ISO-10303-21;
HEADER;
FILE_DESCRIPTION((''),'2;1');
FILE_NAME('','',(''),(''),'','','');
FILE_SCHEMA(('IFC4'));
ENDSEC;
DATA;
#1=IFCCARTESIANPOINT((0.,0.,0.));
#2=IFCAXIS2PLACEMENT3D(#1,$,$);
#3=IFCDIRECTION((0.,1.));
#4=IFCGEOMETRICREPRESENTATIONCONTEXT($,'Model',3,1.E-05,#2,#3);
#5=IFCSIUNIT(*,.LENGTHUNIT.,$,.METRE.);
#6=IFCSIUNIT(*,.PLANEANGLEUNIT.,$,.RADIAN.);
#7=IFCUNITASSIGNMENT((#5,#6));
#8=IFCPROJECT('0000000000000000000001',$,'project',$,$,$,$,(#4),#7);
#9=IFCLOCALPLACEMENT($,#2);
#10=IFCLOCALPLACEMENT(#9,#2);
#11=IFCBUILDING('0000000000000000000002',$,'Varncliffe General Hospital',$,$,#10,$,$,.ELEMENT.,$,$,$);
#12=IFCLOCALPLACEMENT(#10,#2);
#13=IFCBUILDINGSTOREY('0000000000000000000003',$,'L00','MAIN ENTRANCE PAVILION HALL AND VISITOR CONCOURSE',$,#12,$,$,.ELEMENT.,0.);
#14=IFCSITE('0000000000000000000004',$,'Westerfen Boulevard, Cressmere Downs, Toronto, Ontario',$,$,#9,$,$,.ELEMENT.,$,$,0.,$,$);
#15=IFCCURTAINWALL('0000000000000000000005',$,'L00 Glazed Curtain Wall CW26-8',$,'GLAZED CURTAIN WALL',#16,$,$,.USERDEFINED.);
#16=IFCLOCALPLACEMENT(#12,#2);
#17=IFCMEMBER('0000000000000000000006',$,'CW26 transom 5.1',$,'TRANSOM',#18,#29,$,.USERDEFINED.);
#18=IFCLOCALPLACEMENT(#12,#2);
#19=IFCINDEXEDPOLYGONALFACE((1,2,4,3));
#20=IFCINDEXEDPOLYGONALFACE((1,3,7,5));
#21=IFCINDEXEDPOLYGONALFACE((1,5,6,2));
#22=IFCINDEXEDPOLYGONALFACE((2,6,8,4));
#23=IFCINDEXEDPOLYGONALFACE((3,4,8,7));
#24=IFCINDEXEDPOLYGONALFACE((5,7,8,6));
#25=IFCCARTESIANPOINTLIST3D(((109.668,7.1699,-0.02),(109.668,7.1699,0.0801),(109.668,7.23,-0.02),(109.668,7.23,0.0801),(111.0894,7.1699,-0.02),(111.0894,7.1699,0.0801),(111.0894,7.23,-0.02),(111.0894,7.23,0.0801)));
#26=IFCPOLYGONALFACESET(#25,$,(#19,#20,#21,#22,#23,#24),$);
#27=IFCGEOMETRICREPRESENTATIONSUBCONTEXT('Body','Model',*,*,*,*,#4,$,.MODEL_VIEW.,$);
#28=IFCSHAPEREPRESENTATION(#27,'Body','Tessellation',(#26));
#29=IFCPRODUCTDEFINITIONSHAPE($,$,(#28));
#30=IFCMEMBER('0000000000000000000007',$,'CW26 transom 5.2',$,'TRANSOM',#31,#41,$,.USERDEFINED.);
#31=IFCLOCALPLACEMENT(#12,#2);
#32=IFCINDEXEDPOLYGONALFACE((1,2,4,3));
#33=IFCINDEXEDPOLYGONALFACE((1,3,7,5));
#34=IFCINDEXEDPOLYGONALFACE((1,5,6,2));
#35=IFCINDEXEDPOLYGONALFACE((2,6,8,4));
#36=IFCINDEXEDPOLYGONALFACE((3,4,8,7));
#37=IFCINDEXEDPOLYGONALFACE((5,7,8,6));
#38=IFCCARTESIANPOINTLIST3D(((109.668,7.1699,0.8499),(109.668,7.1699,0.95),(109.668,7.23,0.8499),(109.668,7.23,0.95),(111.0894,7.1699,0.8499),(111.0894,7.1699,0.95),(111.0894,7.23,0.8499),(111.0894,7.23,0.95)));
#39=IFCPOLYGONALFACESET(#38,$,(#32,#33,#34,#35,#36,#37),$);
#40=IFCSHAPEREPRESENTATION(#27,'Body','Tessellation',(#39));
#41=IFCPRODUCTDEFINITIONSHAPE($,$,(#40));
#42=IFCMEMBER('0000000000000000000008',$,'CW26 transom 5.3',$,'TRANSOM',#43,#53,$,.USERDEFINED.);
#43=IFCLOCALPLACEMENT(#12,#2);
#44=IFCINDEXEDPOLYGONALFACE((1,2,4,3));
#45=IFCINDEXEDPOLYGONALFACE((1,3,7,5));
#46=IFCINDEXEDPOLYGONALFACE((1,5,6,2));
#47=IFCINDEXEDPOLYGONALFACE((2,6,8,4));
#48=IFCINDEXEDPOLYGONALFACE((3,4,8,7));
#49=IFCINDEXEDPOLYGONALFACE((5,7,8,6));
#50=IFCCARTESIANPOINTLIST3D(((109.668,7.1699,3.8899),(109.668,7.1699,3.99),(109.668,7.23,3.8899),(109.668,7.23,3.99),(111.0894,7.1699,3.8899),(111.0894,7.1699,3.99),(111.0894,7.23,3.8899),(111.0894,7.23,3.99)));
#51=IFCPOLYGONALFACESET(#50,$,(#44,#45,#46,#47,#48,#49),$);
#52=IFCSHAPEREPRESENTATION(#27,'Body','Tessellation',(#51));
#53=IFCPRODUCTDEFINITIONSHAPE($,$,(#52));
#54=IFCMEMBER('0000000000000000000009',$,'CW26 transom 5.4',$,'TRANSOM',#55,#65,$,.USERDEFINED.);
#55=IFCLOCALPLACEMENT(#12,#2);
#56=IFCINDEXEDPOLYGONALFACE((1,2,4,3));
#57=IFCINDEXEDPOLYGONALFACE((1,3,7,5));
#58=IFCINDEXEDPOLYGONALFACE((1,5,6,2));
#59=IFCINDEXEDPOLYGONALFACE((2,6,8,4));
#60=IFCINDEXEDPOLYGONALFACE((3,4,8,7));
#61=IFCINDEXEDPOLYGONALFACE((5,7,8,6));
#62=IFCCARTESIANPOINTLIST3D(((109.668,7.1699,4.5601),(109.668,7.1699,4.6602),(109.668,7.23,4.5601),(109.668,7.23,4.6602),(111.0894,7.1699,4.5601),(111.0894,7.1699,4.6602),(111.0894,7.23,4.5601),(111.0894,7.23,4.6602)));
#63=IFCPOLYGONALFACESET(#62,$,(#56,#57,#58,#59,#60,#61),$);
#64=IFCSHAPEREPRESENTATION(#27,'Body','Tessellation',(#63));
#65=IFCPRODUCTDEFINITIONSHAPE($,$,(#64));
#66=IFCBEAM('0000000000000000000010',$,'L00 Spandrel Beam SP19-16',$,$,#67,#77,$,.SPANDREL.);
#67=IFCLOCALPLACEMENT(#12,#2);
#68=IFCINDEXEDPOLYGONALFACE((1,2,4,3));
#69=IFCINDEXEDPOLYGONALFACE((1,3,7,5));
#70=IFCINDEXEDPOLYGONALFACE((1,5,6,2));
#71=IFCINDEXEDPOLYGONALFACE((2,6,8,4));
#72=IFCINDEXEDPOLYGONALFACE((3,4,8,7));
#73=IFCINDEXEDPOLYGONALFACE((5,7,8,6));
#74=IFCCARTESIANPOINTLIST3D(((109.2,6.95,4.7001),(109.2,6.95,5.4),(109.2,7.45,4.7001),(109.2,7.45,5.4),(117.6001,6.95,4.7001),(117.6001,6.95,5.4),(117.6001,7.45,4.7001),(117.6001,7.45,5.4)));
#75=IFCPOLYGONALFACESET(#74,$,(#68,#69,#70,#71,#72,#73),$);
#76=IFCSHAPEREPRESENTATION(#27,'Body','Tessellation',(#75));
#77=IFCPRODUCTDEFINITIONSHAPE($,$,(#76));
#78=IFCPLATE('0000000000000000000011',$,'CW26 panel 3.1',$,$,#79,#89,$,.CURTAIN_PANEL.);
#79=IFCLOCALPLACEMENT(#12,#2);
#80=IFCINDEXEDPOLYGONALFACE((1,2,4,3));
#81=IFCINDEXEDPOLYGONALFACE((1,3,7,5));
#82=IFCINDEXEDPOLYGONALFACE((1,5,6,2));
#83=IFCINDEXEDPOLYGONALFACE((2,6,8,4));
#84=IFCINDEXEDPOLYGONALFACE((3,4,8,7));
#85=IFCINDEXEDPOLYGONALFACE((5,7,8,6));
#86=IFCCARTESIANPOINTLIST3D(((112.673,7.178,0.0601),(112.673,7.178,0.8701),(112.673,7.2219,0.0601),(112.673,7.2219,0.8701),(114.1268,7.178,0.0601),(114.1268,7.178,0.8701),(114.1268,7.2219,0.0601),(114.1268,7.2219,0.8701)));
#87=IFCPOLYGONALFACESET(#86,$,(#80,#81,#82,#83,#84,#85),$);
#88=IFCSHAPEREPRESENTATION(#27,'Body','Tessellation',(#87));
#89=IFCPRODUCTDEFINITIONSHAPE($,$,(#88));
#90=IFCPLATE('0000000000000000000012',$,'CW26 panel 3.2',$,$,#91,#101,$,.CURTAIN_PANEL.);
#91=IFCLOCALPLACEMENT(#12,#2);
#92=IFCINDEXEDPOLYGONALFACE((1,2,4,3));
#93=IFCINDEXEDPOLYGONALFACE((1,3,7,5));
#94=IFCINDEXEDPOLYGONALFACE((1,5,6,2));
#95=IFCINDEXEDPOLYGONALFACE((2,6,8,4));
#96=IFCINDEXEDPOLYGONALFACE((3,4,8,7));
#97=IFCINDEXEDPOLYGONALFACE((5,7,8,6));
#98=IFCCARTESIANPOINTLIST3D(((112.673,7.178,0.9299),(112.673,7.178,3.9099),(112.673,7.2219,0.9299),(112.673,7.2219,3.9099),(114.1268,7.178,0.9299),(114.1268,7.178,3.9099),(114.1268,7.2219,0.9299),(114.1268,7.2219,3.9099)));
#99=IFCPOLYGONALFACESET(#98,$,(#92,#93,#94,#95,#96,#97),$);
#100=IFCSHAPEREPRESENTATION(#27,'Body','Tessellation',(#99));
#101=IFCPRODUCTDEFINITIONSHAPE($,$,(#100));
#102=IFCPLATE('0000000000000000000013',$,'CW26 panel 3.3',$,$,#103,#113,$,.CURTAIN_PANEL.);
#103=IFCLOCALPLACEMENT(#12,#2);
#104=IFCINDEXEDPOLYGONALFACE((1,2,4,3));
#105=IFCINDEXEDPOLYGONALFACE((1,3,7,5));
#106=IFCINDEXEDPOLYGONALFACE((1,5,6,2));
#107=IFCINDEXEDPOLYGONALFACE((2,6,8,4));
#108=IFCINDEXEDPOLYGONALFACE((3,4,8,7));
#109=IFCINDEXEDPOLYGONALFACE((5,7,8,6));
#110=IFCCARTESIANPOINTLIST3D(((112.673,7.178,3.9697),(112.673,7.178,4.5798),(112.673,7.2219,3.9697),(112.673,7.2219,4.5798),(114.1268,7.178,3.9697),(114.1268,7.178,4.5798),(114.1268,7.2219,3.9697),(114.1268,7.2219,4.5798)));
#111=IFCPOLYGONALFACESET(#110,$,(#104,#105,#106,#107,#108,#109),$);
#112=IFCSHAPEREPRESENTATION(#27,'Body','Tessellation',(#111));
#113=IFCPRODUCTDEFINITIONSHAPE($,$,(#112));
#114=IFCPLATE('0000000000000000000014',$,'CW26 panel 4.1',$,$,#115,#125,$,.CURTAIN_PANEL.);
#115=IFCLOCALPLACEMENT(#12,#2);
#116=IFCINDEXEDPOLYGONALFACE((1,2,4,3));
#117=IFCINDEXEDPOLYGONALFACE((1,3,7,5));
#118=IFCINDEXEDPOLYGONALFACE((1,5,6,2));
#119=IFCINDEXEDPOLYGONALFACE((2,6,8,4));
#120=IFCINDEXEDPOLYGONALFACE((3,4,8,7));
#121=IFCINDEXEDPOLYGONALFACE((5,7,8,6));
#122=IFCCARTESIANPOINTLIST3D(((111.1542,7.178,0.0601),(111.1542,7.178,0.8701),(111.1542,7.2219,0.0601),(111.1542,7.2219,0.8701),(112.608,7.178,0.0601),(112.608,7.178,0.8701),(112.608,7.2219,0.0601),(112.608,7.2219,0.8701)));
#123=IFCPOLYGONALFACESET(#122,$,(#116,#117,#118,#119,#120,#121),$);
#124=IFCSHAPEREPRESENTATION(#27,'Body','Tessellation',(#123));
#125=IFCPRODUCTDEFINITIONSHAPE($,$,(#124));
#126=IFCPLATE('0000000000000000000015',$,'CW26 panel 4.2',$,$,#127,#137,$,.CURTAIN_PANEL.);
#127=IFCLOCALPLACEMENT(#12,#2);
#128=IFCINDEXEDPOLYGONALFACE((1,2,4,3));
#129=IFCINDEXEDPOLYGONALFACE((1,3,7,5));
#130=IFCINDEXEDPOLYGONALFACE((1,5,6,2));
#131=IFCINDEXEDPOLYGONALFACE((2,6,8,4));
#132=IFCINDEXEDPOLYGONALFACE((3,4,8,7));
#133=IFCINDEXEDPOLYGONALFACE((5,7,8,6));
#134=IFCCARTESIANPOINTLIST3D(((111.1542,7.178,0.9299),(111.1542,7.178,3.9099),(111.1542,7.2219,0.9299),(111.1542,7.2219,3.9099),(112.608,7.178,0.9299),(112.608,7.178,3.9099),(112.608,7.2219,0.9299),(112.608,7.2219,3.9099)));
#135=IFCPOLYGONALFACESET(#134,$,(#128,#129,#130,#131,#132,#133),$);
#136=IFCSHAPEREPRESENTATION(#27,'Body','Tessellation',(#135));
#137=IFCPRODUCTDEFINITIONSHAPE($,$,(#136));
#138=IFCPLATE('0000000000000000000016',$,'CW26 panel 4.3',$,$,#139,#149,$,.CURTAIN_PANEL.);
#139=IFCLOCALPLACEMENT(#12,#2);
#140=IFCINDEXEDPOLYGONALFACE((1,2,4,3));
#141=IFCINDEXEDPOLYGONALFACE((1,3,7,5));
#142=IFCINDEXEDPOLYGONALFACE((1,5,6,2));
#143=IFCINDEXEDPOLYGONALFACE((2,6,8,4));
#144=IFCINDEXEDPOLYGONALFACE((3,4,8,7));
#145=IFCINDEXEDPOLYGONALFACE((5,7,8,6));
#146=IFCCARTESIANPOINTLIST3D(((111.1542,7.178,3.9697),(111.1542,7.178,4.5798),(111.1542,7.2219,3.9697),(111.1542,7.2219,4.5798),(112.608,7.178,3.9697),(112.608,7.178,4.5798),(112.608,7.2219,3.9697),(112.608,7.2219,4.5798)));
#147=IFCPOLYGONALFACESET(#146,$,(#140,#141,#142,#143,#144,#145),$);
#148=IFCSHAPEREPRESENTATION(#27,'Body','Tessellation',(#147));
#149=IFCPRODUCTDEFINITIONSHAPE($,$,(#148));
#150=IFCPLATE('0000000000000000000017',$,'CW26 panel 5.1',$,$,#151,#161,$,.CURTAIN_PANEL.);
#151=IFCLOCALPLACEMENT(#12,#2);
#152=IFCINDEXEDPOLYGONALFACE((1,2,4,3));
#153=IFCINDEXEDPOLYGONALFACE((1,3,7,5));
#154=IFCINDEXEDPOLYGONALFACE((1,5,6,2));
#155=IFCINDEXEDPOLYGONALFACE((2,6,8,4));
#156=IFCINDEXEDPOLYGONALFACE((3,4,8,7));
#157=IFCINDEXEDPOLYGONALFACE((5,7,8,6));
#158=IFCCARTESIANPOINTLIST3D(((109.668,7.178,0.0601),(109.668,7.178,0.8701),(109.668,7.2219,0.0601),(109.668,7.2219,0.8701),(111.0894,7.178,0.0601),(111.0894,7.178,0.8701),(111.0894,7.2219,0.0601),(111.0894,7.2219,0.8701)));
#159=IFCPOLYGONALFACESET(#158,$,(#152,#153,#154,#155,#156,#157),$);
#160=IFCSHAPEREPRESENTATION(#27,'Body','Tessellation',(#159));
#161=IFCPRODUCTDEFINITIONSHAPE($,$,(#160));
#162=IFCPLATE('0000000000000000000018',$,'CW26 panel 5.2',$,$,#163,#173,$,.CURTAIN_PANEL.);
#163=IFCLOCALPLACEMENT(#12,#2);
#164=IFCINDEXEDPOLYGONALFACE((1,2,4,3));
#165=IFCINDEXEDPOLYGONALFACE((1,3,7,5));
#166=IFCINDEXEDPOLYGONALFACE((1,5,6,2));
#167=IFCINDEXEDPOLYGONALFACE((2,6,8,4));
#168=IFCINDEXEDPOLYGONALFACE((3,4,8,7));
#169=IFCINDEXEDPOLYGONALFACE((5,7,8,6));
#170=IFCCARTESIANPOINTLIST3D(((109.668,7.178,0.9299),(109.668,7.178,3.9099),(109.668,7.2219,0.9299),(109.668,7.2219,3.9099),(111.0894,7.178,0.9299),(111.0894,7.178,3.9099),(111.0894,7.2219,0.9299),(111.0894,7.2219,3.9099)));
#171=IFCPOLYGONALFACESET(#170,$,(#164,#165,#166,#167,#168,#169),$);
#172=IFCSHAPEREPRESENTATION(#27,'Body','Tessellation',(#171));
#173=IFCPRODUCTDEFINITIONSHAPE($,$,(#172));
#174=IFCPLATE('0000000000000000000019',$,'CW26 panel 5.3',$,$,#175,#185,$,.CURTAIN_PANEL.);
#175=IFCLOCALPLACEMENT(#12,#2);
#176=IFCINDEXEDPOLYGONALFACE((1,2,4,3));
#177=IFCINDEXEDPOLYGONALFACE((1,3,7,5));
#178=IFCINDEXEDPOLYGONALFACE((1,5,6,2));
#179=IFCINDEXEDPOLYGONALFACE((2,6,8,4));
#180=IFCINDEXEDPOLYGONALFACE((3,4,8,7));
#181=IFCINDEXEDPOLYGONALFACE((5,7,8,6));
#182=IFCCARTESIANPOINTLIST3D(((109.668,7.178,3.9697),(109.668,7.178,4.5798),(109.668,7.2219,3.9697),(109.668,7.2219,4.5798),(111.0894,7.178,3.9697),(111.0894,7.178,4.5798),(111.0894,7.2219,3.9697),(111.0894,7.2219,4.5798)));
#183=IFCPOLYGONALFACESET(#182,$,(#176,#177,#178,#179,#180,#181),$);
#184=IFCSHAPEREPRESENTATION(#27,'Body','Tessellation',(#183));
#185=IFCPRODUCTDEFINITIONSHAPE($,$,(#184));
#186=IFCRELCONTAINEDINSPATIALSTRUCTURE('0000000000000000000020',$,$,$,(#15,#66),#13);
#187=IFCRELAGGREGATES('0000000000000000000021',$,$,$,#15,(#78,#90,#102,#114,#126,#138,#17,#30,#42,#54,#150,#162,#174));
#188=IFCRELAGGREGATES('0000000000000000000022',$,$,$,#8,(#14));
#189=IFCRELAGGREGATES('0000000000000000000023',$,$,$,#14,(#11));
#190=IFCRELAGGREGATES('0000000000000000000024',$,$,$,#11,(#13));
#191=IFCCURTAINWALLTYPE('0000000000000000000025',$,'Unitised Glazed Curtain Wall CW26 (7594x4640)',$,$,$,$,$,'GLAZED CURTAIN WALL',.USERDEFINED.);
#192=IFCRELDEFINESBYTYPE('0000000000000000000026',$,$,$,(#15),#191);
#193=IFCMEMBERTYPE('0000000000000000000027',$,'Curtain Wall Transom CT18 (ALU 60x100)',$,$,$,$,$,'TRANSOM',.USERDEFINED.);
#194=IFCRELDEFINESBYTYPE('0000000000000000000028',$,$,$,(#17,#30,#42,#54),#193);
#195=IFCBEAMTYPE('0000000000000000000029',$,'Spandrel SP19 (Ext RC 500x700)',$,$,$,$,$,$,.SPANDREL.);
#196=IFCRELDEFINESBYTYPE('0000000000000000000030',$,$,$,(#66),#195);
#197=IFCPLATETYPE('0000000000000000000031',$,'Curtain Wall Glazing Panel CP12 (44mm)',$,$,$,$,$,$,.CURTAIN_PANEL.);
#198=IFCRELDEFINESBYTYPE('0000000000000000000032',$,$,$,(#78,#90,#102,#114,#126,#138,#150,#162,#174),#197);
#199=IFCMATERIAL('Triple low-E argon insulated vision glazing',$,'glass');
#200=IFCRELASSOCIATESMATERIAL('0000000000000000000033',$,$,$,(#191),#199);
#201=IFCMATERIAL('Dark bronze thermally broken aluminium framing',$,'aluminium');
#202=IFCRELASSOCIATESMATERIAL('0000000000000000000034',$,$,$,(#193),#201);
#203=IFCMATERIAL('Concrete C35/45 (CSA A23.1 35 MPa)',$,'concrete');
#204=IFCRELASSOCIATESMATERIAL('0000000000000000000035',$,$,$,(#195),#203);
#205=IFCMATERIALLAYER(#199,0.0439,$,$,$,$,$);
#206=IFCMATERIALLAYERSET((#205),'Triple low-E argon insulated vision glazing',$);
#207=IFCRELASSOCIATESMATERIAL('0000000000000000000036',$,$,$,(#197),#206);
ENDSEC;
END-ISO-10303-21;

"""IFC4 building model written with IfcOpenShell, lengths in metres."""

from ifc_helpers import new_model, si_unit, direction, frame, origin, origin_2d, place, context, subcontext, project, spatial, rectangle, extrude, material, layer, layer_set, material_profile, profile_set, type_object, element, aggregate, save


model = new_model("IFC4")

# Units and contexts
model_context = context("Model", 3, precision=1e-05, world=origin(), true_north=direction((0.0, 1.0)))
body_context = subcontext(model_context, "Body", "Model", "MODEL_VIEW")
ifc_project = project(units=[si_unit("LENGTHUNIT", "METRE"), si_unit("PLANEANGLEUNIT", "RADIAN")], contexts=[model_context])

# Site, building, storey
site_placement = place(None, origin())
site = spatial("IfcSite", under=ifc_project, at=site_placement, Name="Westerfen Boulevard, Cressmere Downs, Toronto, Ontario", CompositionType="ELEMENT", RefElevation=0.0)
building_placement = place(site_placement, origin())
building = spatial("IfcBuilding", under=site, at=building_placement, Name="Varncliffe General Hospital", CompositionType="ELEMENT")
storey_placement = place(building_placement, origin())
storey = spatial("IfcBuildingStorey", under=building, at=storey_placement, Name="L00", Description="MAIN ENTRANCE PAVILION HALL AND VISITOR CONCOURSE", CompositionType="ELEMENT", Elevation=0.0)

# Curtain wall, members
ifc_material_1 = material(Name="Triple low-E argon insulated vision glazing", Category="glass")
curtain_wall_type = type_object("IfcCurtainWallType", Name="Unitised Glazed Curtain Wall CW26 (7594x4640)", ElementType="GLAZED CURTAIN WALL", PredefinedType="USERDEFINED", material=ifc_material_1)
curtain_wall_placement = place(storey_placement, origin())
curtain_wall = element("IfcCurtainWall", 1, at=curtain_wall_placement, inside=storey, type_object=curtain_wall_type, Name="L00 Glazed Curtain Wall CW26-8", ObjectType="GLAZED CURTAIN WALL", PredefinedType="USERDEFINED")
ifc_material_2 = material(Name="Dark bronze thermally broken aluminium framing", Category="aluminium")
ifc_material_profile_1 = material_profile(ifc_material_2, rectangle(XDim=0.0601, YDim=0.1001, at=origin_2d()), Name="ALU 60x100")
ifc_profile_set_1 = profile_set([ifc_material_profile_1], Name="Dark bronze thermally broken aluminium framing")
member_type_1 = type_object("IfcMemberType", Name="Curtain Wall Transom CT18 (ALU 60x100)", ElementType="TRANSOM", PredefinedType="USERDEFINED", material=ifc_profile_set_1)
member_1_placement = place(storey_placement, frame((111.0894, 7.2, 0.03), z_axis=(-1.0, 0.0, 0.0), x_axis=(0.0, -1.0, 0.0)))
member_1 = element("IfcMember", 2, at=member_1_placement, type_object=member_type_1, Name="CW26 transom 5.1", ObjectType="TRANSOM", PredefinedType="USERDEFINED", context=body_context, shape_type="SweptSolid", body=[
    extrude(rectangle(XDim=0.0601, YDim=0.1001, at=origin_2d()), origin(), (0.0, 0.0, 1.0), 1.4214),
])
member_2_placement = place(storey_placement, frame((111.0894, 7.2, 0.8999), z_axis=(-1.0, 0.0, 0.0), x_axis=(0.0, -1.0, 0.0)))
member_2 = element("IfcMember", 3, at=member_2_placement, type_object=member_type_1, Name="CW26 transom 5.2", ObjectType="TRANSOM", PredefinedType="USERDEFINED", context=body_context, shape_type="SweptSolid", body=[
    extrude(rectangle(XDim=0.0601, YDim=0.1001, at=origin_2d()), origin(), (0.0, 0.0, 1.0), 1.4214),
])
member_3_placement = place(storey_placement, frame((111.0894, 7.2, 3.9399), z_axis=(-1.0, 0.0, 0.0), x_axis=(0.0, -1.0, 0.0)))
member_3 = element("IfcMember", 4, at=member_3_placement, type_object=member_type_1, Name="CW26 transom 5.3", ObjectType="TRANSOM", PredefinedType="USERDEFINED", context=body_context, shape_type="SweptSolid", body=[
    extrude(rectangle(XDim=0.0601, YDim=0.1001, at=origin_2d()), origin(), (0.0, 0.0, 1.0), 1.4214),
])
member_4_placement = place(storey_placement, frame((111.0894, 7.2, 4.6101), z_axis=(-1.0, 0.0, 0.0), x_axis=(0.0, -1.0, 0.0)))
member_4 = element("IfcMember", 5, at=member_4_placement, type_object=member_type_1, Name="CW26 transom 5.4", ObjectType="TRANSOM", PredefinedType="USERDEFINED", context=body_context, shape_type="SweptSolid", body=[
    extrude(rectangle(XDim=0.0601, YDim=0.1001, at=origin_2d()), origin(), (0.0, 0.0, 1.0), 1.4214),
])

# Beam
ifc_material_3 = material(Name="Concrete C35/45 (CSA A23.1 35 MPa)", Category="concrete")
ifc_material_profile_2 = material_profile(ifc_material_3, rectangle(XDim=0.5, YDim=0.7, at=origin_2d()), Name="RC 500x700")
ifc_profile_set_2 = profile_set([ifc_material_profile_2], Name="Concrete C35/45 (CSA A23.1 35 MPa)")
beam_type = type_object("IfcBeamType", Name="Spandrel SP19 (Ext RC 500x700)", PredefinedType="SPANDREL", material=ifc_profile_set_2)
beam_placement = place(storey_placement, frame((109.2, 7.2, 5.05), z_axis=(1.0, 0.0, 0.0), x_axis=(0.0, 1.0, 0.0)))
element("IfcBeam", 6, at=beam_placement, inside=storey, type_object=beam_type, Name="L00 Spandrel Beam SP19-16", PredefinedType="SPANDREL", context=body_context, shape_type="SweptSolid", body=[
    extrude(rectangle(XDim=0.5, YDim=0.7, at=origin_2d()), origin(), (0.0, 0.0, 1.0), 8.4001),
])

# Plates
ifc_layer = layer(ifc_material_1, 0.0439)
ifc_layer_set = layer_set([ifc_layer], Name="Triple low-E argon insulated vision glazing")
plate_type = type_object("IfcPlateType", Name="Curtain Wall Glazing Panel CP12 (44mm)", PredefinedType="CURTAIN_PANEL", material=ifc_layer_set)
plate_1_placement = place(storey_placement, frame((113.3999, 7.2, 0.0601), z_axis=(0.0, 0.0, 1.0), x_axis=(-1.0, 0.0, 0.0)))
plate_1 = element("IfcPlate", 7, at=plate_1_placement, type_object=plate_type, Name="CW26 panel 3.1", PredefinedType="CURTAIN_PANEL", context=body_context, shape_type="SweptSolid", body=[
    extrude(rectangle(XDim=1.4539, YDim=0.0439, at=origin_2d()), origin(), (0.0, 0.0, 1.0), 0.8101),
])
plate_2_placement = place(storey_placement, frame((113.3999, 7.2, 0.9299), z_axis=(0.0, 0.0, 1.0), x_axis=(-1.0, 0.0, 0.0)))
plate_2 = element("IfcPlate", 8, at=plate_2_placement, type_object=plate_type, Name="CW26 panel 3.2", PredefinedType="CURTAIN_PANEL", context=body_context, shape_type="SweptSolid", body=[
    extrude(rectangle(XDim=1.4539, YDim=0.0439, at=origin_2d()), origin(), (0.0, 0.0, 1.0), 2.98),
])
plate_3_placement = place(storey_placement, frame((113.3999, 7.2, 3.9697), z_axis=(0.0, 0.0, 1.0), x_axis=(-1.0, 0.0, 0.0)))
plate_3 = element("IfcPlate", 9, at=plate_3_placement, type_object=plate_type, Name="CW26 panel 3.3", PredefinedType="CURTAIN_PANEL", context=body_context, shape_type="SweptSolid", body=[
    extrude(rectangle(XDim=1.4539, YDim=0.0439, at=origin_2d()), origin(), (0.0, 0.0, 1.0), 0.6101),
])
plate_4_placement = place(storey_placement, frame((111.8811, 7.2, 0.0601), z_axis=(0.0, 0.0, 1.0), x_axis=(-1.0, 0.0, 0.0)))
plate_4 = element("IfcPlate", 10, at=plate_4_placement, type_object=plate_type, Name="CW26 panel 4.1", PredefinedType="CURTAIN_PANEL", context=body_context, shape_type="SweptSolid", body=[
    extrude(rectangle(XDim=1.4539, YDim=0.0439, at=origin_2d()), origin(), (0.0, 0.0, 1.0), 0.8101),
])
plate_5_placement = place(storey_placement, frame((111.8811, 7.2, 0.9299), z_axis=(0.0, 0.0, 1.0), x_axis=(-1.0, 0.0, 0.0)))
plate_5 = element("IfcPlate", 11, at=plate_5_placement, type_object=plate_type, Name="CW26 panel 4.2", PredefinedType="CURTAIN_PANEL", context=body_context, shape_type="SweptSolid", body=[
    extrude(rectangle(XDim=1.4539, YDim=0.0439, at=origin_2d()), origin(), (0.0, 0.0, 1.0), 2.98),
])
plate_6_placement = place(storey_placement, frame((111.8811, 7.2, 3.9697), z_axis=(0.0, 0.0, 1.0), x_axis=(-1.0, 0.0, 0.0)))
plate_6 = element("IfcPlate", 12, at=plate_6_placement, type_object=plate_type, Name="CW26 panel 4.3", PredefinedType="CURTAIN_PANEL", context=body_context, shape_type="SweptSolid", body=[
    extrude(rectangle(XDim=1.4539, YDim=0.0439, at=origin_2d()), origin(), (0.0, 0.0, 1.0), 0.6101),
])
plate_7_placement = place(storey_placement, frame((110.3787, 7.2, 0.0601), z_axis=(0.0, 0.0, 1.0), x_axis=(-1.0, 0.0, 0.0)))
plate_7 = element("IfcPlate", 13, at=plate_7_placement, type_object=plate_type, Name="CW26 panel 5.1", PredefinedType="CURTAIN_PANEL", context=body_context, shape_type="SweptSolid", body=[
    extrude(rectangle(XDim=1.4214, YDim=0.0439, at=origin_2d()), origin(), (0.0, 0.0, 1.0), 0.8101),
])
plate_8_placement = place(storey_placement, frame((110.3787, 7.2, 0.9299), z_axis=(0.0, 0.0, 1.0), x_axis=(-1.0, 0.0, 0.0)))
plate_8 = element("IfcPlate", 14, at=plate_8_placement, type_object=plate_type, Name="CW26 panel 5.2", PredefinedType="CURTAIN_PANEL", context=body_context, shape_type="SweptSolid", body=[
    extrude(rectangle(XDim=1.4214, YDim=0.0439, at=origin_2d()), origin(), (0.0, 0.0, 1.0), 2.98),
])
plate_9_placement = place(storey_placement, frame((110.3787, 7.2, 3.9697), z_axis=(0.0, 0.0, 1.0), x_axis=(-1.0, 0.0, 0.0)))
plate_9 = element("IfcPlate", 15, at=plate_9_placement, type_object=plate_type, Name="CW26 panel 5.3", PredefinedType="CURTAIN_PANEL", context=body_context, shape_type="SweptSolid", body=[
    extrude(rectangle(XDim=1.4214, YDim=0.0439, at=origin_2d()), origin(), (0.0, 0.0, 1.0), 0.6101),
])
aggregate(curtain_wall, [plate_1, plate_2, plate_3, plate_4, plate_5, plate_6, member_1, member_2, member_3, member_4, plate_7, plate_8, plate_9])

save(model, "model.ifc")
